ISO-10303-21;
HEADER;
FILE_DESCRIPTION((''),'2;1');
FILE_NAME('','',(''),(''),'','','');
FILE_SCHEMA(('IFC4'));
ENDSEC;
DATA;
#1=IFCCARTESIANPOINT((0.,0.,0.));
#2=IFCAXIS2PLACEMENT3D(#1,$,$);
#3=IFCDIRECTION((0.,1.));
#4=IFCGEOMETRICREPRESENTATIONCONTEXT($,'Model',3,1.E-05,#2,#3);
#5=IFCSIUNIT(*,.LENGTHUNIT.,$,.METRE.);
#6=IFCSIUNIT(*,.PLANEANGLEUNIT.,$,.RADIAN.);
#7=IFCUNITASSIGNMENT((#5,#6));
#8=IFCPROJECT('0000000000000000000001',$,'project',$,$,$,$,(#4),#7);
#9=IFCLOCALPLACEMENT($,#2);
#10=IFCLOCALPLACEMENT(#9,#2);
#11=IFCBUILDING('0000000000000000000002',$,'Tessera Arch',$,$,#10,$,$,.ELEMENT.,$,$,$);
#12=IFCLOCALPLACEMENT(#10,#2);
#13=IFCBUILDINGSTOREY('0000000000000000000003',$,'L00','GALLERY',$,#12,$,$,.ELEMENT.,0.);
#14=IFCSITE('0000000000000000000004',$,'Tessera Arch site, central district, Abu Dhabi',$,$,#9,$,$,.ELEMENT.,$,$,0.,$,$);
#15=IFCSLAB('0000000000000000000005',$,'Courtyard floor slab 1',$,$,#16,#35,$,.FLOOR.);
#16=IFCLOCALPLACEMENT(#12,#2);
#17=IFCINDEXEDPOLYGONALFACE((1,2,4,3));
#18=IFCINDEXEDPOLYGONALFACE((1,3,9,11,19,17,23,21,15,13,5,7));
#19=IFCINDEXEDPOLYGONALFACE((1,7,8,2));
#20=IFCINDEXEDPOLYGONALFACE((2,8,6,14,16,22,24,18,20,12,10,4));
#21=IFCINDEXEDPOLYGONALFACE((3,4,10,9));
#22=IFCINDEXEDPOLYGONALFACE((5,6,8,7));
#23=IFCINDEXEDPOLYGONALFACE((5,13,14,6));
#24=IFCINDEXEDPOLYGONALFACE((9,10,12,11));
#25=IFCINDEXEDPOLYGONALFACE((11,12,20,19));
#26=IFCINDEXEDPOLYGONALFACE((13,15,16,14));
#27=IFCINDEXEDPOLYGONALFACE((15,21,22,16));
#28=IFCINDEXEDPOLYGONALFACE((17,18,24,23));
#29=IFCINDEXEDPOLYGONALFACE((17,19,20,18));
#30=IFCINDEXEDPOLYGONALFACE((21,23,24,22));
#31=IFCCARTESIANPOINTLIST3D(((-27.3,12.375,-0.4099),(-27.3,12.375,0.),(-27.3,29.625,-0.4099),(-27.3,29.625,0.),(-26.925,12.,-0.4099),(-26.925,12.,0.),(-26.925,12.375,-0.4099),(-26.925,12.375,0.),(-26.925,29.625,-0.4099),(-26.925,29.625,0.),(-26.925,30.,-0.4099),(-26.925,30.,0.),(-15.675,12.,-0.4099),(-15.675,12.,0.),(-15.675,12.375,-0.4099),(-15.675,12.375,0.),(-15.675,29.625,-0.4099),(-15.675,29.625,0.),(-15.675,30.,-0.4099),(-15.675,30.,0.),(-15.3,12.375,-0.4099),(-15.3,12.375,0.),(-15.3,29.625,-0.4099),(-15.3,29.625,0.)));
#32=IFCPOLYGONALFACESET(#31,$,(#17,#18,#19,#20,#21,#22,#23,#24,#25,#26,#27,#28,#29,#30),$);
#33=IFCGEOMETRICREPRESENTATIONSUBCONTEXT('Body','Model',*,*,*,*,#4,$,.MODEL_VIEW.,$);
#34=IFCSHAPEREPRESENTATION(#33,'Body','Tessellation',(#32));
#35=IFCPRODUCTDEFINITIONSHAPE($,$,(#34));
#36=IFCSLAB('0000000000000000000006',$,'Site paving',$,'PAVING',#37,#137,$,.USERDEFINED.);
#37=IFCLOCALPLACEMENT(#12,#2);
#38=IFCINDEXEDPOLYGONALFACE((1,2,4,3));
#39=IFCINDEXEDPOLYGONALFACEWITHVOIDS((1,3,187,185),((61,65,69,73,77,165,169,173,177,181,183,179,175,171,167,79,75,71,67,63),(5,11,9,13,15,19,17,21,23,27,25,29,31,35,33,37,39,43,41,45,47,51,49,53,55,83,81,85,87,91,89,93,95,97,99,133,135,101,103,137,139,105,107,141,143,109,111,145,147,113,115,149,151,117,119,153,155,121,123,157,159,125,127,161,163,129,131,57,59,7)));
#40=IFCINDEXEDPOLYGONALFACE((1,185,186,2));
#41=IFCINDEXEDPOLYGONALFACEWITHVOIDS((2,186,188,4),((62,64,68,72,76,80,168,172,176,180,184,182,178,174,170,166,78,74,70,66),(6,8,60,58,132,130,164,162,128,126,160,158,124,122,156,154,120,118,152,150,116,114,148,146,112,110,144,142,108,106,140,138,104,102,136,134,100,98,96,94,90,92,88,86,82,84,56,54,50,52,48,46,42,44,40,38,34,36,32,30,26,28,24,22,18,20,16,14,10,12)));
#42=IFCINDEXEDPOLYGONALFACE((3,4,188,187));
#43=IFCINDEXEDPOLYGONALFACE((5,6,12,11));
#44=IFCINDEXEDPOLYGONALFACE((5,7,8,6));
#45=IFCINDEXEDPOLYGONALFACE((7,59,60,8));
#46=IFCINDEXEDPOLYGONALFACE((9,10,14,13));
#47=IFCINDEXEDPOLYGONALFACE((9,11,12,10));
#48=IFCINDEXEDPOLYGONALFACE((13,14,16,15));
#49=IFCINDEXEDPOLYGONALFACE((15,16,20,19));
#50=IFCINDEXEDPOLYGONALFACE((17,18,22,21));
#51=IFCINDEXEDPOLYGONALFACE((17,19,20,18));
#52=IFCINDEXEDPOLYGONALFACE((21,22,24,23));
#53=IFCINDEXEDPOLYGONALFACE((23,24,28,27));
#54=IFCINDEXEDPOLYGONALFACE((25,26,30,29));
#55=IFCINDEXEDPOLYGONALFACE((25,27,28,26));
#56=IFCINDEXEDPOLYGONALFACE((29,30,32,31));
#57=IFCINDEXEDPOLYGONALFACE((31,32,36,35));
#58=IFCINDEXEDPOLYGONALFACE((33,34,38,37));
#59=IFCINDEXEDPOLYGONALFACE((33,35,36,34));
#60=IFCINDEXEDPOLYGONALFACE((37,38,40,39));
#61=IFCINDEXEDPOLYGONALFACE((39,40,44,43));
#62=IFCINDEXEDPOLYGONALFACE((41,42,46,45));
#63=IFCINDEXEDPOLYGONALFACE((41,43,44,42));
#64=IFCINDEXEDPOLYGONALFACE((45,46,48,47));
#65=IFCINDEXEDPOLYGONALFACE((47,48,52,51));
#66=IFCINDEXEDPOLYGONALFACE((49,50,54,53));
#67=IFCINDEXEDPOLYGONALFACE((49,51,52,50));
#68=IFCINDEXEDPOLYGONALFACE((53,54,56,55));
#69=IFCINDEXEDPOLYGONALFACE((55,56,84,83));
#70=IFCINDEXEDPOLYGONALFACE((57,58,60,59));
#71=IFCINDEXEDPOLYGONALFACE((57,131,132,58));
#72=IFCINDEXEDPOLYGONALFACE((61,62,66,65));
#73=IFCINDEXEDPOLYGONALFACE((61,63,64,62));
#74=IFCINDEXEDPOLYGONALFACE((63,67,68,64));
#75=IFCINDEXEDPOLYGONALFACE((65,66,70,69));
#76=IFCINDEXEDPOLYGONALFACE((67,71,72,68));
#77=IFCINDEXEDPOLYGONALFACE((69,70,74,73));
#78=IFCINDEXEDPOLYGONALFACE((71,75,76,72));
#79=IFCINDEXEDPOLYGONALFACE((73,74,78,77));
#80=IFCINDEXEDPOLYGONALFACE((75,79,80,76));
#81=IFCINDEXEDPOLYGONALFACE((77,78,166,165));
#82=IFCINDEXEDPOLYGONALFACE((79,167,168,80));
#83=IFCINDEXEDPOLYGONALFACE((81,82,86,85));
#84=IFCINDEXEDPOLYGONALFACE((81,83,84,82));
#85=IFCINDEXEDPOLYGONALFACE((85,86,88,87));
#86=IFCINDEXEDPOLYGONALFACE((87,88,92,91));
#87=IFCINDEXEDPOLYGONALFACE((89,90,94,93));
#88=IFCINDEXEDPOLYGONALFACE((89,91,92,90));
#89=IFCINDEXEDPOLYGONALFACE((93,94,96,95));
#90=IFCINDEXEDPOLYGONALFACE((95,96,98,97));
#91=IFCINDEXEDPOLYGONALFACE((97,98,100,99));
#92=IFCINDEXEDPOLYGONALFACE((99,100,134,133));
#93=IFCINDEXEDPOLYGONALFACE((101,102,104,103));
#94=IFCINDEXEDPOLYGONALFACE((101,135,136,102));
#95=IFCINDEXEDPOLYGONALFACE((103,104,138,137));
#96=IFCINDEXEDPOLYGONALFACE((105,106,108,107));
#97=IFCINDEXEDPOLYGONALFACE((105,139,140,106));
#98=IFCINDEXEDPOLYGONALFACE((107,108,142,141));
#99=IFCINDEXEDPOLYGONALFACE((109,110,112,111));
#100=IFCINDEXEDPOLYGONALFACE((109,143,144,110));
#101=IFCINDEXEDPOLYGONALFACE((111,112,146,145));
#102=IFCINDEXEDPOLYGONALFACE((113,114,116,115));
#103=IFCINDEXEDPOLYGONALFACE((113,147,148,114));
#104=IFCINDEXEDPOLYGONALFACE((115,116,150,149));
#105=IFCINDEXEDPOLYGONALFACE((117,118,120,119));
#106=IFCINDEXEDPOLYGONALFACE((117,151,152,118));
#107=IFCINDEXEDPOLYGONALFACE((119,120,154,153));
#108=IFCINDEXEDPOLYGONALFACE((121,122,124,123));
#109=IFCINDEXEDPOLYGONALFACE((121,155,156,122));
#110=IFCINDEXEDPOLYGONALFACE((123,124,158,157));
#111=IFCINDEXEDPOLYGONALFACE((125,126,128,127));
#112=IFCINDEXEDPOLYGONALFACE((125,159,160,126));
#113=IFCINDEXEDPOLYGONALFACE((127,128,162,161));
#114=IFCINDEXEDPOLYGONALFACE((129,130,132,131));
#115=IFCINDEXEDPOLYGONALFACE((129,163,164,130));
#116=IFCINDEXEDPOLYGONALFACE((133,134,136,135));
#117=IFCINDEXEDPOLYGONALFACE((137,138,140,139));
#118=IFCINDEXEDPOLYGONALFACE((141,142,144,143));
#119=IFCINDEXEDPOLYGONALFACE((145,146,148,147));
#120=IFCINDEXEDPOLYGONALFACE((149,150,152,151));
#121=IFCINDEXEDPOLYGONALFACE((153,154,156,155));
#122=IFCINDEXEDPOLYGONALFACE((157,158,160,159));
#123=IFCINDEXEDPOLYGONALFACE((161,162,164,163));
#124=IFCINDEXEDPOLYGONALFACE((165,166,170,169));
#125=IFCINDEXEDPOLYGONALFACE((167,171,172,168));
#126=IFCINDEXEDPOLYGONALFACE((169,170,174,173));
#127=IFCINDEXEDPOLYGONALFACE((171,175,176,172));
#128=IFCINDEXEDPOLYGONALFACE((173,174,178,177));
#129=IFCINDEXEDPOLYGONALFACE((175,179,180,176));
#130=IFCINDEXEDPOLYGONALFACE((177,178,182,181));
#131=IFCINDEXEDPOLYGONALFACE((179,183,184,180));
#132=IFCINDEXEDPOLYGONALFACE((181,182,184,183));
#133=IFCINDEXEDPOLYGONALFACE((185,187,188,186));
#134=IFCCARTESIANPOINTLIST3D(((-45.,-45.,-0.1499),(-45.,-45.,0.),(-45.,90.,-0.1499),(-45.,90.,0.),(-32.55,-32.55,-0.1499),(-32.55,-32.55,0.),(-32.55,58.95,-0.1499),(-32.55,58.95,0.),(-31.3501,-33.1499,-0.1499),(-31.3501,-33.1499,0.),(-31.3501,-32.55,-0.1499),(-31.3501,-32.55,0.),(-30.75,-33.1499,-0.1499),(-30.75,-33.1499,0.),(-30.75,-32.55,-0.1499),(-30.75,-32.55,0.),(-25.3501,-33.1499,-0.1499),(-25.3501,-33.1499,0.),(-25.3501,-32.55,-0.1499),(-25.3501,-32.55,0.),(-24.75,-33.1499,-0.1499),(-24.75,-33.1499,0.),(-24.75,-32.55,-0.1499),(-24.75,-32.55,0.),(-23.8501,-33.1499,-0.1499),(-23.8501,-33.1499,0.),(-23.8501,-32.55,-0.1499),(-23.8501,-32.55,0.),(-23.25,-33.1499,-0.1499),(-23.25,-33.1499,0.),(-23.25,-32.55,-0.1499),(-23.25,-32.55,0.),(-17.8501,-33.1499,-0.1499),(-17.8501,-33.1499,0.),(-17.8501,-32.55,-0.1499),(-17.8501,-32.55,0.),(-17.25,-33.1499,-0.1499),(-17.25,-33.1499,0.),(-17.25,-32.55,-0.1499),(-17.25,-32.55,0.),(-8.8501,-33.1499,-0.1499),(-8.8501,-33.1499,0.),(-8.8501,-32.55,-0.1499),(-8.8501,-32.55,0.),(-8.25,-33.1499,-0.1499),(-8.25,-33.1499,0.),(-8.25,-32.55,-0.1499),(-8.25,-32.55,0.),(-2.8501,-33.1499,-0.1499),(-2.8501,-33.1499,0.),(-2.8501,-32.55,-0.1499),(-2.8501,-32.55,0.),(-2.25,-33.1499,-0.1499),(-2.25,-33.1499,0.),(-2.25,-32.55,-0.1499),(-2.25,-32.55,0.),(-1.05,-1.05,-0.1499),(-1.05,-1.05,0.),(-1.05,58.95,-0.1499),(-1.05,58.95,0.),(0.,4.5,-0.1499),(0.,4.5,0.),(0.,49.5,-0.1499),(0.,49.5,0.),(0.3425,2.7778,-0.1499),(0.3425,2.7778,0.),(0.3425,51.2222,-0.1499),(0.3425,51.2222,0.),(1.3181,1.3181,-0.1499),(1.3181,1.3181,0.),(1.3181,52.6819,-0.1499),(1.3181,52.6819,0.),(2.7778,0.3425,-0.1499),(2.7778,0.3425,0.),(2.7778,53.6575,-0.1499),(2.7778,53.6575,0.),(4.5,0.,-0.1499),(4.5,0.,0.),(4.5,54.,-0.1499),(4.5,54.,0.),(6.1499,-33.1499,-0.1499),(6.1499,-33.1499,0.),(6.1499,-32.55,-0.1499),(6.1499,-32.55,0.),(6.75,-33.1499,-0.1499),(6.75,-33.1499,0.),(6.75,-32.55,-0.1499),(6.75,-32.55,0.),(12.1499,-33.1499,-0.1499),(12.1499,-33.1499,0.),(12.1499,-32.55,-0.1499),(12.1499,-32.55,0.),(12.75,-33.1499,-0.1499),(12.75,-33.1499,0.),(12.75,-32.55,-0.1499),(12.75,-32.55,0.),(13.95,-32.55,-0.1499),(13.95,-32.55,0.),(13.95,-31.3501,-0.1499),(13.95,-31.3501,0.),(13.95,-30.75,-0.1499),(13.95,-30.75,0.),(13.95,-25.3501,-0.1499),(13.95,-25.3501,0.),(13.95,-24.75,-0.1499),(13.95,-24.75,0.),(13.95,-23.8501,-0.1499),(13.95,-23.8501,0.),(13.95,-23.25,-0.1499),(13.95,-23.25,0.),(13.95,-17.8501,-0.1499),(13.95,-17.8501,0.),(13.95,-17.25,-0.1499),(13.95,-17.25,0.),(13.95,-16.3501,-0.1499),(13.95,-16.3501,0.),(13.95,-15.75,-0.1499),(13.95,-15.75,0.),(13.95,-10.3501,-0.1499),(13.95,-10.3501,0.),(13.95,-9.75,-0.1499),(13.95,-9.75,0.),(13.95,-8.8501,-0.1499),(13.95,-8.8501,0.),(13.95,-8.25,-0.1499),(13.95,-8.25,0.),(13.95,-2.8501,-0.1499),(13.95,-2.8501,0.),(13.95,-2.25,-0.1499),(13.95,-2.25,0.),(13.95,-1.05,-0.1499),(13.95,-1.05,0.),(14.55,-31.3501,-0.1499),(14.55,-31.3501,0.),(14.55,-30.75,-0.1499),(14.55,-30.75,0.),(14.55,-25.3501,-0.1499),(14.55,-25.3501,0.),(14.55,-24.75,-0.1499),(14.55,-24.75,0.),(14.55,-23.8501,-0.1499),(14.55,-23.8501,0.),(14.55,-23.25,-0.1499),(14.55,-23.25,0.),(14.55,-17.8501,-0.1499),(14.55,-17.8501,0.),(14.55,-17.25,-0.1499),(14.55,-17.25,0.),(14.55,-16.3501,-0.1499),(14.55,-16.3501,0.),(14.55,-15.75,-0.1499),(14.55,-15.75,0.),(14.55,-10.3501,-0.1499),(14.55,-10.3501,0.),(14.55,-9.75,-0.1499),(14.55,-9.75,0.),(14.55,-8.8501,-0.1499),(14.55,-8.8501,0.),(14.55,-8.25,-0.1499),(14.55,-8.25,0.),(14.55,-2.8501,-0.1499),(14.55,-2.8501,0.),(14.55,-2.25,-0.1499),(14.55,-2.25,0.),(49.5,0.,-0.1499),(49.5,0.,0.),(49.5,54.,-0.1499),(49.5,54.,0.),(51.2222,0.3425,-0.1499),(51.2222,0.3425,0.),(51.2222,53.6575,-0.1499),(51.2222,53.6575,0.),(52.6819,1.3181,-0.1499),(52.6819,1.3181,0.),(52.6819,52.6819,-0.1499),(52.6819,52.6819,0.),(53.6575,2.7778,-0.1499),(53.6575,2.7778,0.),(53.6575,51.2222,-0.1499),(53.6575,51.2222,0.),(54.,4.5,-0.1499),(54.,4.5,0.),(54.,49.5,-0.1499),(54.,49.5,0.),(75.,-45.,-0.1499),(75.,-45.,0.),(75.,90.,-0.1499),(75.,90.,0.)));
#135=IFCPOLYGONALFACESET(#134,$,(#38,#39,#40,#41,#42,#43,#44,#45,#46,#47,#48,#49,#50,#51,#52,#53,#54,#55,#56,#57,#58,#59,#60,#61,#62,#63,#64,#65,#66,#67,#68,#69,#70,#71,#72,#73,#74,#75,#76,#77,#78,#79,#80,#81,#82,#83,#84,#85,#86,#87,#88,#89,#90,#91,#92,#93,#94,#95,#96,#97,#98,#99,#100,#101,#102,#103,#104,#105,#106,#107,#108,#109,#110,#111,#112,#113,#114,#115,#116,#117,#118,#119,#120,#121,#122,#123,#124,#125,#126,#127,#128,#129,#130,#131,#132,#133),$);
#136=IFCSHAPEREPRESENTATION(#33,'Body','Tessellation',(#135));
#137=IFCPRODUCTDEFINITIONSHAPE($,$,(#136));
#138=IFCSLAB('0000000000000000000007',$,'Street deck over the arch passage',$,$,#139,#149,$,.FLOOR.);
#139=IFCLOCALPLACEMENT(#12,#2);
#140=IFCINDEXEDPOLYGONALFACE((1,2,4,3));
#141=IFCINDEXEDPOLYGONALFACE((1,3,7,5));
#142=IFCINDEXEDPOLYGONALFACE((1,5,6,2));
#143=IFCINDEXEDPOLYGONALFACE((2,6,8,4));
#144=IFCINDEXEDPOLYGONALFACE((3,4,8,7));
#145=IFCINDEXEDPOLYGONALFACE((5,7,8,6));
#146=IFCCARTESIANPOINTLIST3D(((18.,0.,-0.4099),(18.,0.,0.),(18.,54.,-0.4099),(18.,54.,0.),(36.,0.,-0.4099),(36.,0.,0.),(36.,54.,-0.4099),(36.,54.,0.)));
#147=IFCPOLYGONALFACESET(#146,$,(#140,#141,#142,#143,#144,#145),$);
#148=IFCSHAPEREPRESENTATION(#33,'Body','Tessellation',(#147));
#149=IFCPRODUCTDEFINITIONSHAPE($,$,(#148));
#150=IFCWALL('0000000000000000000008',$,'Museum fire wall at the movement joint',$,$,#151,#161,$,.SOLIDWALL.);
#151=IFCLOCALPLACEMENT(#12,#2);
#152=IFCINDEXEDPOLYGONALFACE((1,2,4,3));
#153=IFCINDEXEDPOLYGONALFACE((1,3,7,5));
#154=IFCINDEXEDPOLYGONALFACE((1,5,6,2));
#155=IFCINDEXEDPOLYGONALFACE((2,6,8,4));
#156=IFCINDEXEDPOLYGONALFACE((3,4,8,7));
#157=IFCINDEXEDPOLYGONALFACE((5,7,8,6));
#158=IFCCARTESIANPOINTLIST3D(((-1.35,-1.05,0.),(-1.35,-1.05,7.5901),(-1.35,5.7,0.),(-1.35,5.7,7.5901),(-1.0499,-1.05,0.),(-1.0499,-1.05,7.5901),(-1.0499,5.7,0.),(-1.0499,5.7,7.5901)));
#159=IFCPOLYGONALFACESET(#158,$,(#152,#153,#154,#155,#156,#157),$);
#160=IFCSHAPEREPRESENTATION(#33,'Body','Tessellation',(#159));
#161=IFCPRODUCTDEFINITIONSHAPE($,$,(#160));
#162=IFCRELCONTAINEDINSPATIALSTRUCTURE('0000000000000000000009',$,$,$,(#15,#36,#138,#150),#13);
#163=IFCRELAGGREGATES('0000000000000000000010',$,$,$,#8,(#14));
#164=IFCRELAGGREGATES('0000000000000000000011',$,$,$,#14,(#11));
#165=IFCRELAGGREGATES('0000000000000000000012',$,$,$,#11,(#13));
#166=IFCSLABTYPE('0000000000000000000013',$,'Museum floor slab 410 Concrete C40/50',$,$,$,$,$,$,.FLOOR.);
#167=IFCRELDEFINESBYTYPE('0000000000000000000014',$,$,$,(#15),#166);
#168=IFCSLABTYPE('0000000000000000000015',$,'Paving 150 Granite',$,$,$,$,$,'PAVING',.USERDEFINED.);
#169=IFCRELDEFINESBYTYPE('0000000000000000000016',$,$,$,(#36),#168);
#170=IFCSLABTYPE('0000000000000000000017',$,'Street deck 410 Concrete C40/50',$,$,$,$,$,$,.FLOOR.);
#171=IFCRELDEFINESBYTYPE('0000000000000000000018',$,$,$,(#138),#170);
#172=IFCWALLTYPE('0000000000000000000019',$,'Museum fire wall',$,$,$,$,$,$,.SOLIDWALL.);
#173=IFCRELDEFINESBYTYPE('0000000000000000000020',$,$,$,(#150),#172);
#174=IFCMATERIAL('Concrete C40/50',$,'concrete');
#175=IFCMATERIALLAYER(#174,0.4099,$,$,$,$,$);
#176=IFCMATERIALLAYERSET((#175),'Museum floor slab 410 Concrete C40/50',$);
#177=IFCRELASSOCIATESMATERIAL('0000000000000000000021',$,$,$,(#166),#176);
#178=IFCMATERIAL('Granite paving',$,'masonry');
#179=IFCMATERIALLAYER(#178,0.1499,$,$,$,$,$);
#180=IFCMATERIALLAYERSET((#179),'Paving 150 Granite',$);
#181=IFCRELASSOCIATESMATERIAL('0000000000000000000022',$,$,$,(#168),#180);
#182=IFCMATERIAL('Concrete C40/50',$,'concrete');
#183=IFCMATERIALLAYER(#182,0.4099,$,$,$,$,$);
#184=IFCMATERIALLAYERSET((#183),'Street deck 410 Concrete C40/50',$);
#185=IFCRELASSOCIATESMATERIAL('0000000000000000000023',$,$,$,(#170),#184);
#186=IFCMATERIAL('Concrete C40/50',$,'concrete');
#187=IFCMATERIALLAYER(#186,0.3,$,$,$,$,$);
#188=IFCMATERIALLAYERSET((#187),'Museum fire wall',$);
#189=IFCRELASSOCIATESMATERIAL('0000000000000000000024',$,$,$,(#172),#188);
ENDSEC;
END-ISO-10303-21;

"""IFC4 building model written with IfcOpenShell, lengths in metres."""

from ifc_helpers import new_model, si_unit, direction, frame, frame_2d, origin, place, context, subcontext, project, spatial, polyline, rectangle, outline, extrude, material, layer, layer_set, type_object, element, save


model = new_model("IFC4")

# Units and contexts
model_context = context("Model", 3, precision=1e-05, world=origin(), true_north=direction((0.0, 1.0)))
body_context = subcontext(model_context, "Body", "Model", "MODEL_VIEW")
ifc_project = project(units=[si_unit("LENGTHUNIT", "METRE"), si_unit("PLANEANGLEUNIT", "RADIAN")], contexts=[model_context])

# Site, building, storey
site_placement = place(None, origin())
site = spatial("IfcSite", under=ifc_project, at=site_placement, Name="Tessera Arch site, central district, Abu Dhabi", CompositionType="ELEMENT", RefElevation=0.0)
building_placement = place(site_placement, origin())
building = spatial("IfcBuilding", under=site, at=building_placement, Name="Tessera Arch", CompositionType="ELEMENT")
storey_placement = place(building_placement, origin())
storey = spatial("IfcBuildingStorey", under=building, at=storey_placement, Name="L00", Description="GALLERY", CompositionType="ELEMENT", Elevation=0.0)

# Slabs
ifc_material_1 = material(Name="Concrete C40/50", Category="concrete")
ifc_layer_1 = layer(ifc_material_1, 0.4099)
ifc_layer_set_1 = layer_set([ifc_layer_1], Name="Museum floor slab 410 Concrete C40/50")
slab_type_1 = type_object("IfcSlabType", Name="Museum floor slab 410 Concrete C40/50", PredefinedType="FLOOR", material=ifc_layer_set_1)
slab_1_placement = place(storey_placement, frame((0.0, 0.0, -0.4099)))
element("IfcSlab", 1, at=slab_1_placement, inside=storey, type_object=slab_type_1, Name="Courtyard floor slab 1", PredefinedType="FLOOR", context=body_context, shape_type="SweptSolid", body=[
    extrude(outline(polyline([(-15.3, 12.375), (-15.675, 12.375), (-15.675, 12.0), (-26.925, 12.0), (-26.925, 12.375), (-27.3, 12.375), (-27.3, 29.625), (-26.925, 29.625), (-26.925, 30.0), (-15.675, 30.0), (-15.675, 29.625), (-15.3, 29.625), (-15.3, 12.375)])), origin(), (0.0, 0.0, 1.0), 0.4099),
])
ifc_material_2 = material(Name="Granite paving", Category="masonry")
ifc_layer_2 = layer(ifc_material_2, 0.1499)
ifc_layer_set_2 = layer_set([ifc_layer_2], Name="Paving 150 Granite")
slab_type_2 = type_object("IfcSlabType", Name="Paving 150 Granite", ElementType="PAVING", PredefinedType="USERDEFINED", material=ifc_layer_set_2)
slab_2_placement = place(storey_placement, frame((0.0, 0.0, -0.1499)))
element("IfcSlab", 2, at=slab_2_placement, inside=storey, type_object=slab_type_2, Name="Site paving", ObjectType="PAVING", PredefinedType="USERDEFINED", context=body_context, shape_type="SweptSolid", body=[
    extrude(outline(polyline([(-45.0, -45.0), (-45.0, 90.0), (75.0, 90.0), (75.0, -45.0), (-45.0, -45.0)]), holes=[polyline([(-31.3501, -33.1499), (-30.75, -33.1499), (-30.75, -32.55), (-25.3501, -32.55), (-25.3501, -33.1499), (-24.75, -33.1499), (-24.75, -32.55), (-23.8501, -32.55), (-23.8501, -33.1499), (-23.25, -33.1499), (-23.25, -32.55), (-17.8501, -32.55), (-17.8501, -33.1499), (-17.25, -33.1499), (-17.25, -32.55), (-8.8501, -32.55), (-8.8501, -33.1499), (-8.25, -33.1499), (-8.25, -32.55), (-2.8501, -32.55), (-2.8501, -33.1499), (-2.25, -33.1499), (-2.25, -32.55), (6.1499, -32.55), (6.1499, -33.1499), (6.75, -33.1499), (6.75, -32.55), (12.1499, -32.55), (12.1499, -33.1499), (12.75, -33.1499), (12.75, -32.55), (13.95, -32.55), (13.95, -31.3501), (14.55, -31.3501), (14.55, -30.75), (13.95, -30.75), (13.95, -25.3501), (14.55, -25.3501), (14.55, -24.75), (13.95, -24.75), (13.95, -23.8501), (14.55, -23.8501), (14.55, -23.25), (13.95, -23.25), (13.95, -17.8501), (14.55, -17.8501), (14.55, -17.25), (13.95, -17.25), (13.95, -16.3501), (14.55, -16.3501), (14.55, -15.75), (13.95, -15.75), (13.95, -10.3501), (14.55, -10.3501), (14.55, -9.75), (13.95, -9.75), (13.95, -8.8501), (14.55, -8.8501), (14.55, -8.25), (13.95, -8.25), (13.95, -2.8501), (14.55, -2.8501), (14.55, -2.25), (13.95, -2.25), (13.95, -1.05), (-1.05, -1.05), (-1.05, 58.95), (-32.55, 58.95), (-32.55, -32.55), (-31.3501, -32.55), (-31.3501, -33.1499)]), polyline([(4.5, 0.0), (49.5, 0.0), (51.2222, 0.3425), (52.6819, 1.3181), (53.6575, 2.7778), (54.0, 4.5), (54.0, 49.5), (53.6575, 51.2222), (52.6819, 52.6819), (51.2222, 53.6575), (49.5, 54.0), (4.5, 54.0), (2.7778, 53.6575), (1.3181, 52.6819), (0.3425, 51.2222), (0.0, 49.5), (0.0, 4.5), (0.3425, 2.7778), (1.3181, 1.3181), (2.7778, 0.3425), (4.5, 0.0)])]), origin(), (0.0, 0.0, 1.0), 0.1499),
])
ifc_material_3 = material(Name="Concrete C40/50", Category="concrete")
ifc_layer_3 = layer(ifc_material_3, 0.4099)
ifc_layer_set_3 = layer_set([ifc_layer_3], Name="Street deck 410 Concrete C40/50")
slab_type_3 = type_object("IfcSlabType", Name="Street deck 410 Concrete C40/50", PredefinedType="FLOOR", material=ifc_layer_set_3)
slab_3_placement = place(storey_placement, frame((0.0, 0.0, -0.4099)))
element("IfcSlab", 3, at=slab_3_placement, inside=storey, type_object=slab_type_3, Name="Street deck over the arch passage", PredefinedType="FLOOR", context=body_context, shape_type="SweptSolid", body=[
    extrude(outline(polyline([(36.0, 0.0), (36.0, 54.0), (18.0, 54.0), (18.0, 0.0), (36.0, 0.0)])), origin(), (0.0, 0.0, 1.0), 0.4099),
])

# Wall
ifc_material_4 = material(Name="Concrete C40/50", Category="concrete")
ifc_layer_4 = layer(ifc_material_4, 0.3)
ifc_layer_set_4 = layer_set([ifc_layer_4], Name="Museum fire wall")
wall_type = type_object("IfcWallType", Name="Museum fire wall", PredefinedType="SOLIDWALL", material=ifc_layer_set_4)
wall_placement = place(storey_placement, frame((-1.2, -1.05, 0.0), z_axis=(0.0, 0.0, 1.0), x_axis=(0.0, 1.0, 0.0)))
element("IfcWall", 4, at=wall_placement, inside=storey, type_object=wall_type, Name="Museum fire wall at the movement joint", PredefinedType="SOLIDWALL", context=body_context, shape_type="SweptSolid", body=[
    extrude(rectangle(XDim=6.75, YDim=0.3, at=frame_2d((3.375, 0.0))), origin(), (0.0, 0.0, 1.0), 7.5901),
])

save(model, "model.ifc")
